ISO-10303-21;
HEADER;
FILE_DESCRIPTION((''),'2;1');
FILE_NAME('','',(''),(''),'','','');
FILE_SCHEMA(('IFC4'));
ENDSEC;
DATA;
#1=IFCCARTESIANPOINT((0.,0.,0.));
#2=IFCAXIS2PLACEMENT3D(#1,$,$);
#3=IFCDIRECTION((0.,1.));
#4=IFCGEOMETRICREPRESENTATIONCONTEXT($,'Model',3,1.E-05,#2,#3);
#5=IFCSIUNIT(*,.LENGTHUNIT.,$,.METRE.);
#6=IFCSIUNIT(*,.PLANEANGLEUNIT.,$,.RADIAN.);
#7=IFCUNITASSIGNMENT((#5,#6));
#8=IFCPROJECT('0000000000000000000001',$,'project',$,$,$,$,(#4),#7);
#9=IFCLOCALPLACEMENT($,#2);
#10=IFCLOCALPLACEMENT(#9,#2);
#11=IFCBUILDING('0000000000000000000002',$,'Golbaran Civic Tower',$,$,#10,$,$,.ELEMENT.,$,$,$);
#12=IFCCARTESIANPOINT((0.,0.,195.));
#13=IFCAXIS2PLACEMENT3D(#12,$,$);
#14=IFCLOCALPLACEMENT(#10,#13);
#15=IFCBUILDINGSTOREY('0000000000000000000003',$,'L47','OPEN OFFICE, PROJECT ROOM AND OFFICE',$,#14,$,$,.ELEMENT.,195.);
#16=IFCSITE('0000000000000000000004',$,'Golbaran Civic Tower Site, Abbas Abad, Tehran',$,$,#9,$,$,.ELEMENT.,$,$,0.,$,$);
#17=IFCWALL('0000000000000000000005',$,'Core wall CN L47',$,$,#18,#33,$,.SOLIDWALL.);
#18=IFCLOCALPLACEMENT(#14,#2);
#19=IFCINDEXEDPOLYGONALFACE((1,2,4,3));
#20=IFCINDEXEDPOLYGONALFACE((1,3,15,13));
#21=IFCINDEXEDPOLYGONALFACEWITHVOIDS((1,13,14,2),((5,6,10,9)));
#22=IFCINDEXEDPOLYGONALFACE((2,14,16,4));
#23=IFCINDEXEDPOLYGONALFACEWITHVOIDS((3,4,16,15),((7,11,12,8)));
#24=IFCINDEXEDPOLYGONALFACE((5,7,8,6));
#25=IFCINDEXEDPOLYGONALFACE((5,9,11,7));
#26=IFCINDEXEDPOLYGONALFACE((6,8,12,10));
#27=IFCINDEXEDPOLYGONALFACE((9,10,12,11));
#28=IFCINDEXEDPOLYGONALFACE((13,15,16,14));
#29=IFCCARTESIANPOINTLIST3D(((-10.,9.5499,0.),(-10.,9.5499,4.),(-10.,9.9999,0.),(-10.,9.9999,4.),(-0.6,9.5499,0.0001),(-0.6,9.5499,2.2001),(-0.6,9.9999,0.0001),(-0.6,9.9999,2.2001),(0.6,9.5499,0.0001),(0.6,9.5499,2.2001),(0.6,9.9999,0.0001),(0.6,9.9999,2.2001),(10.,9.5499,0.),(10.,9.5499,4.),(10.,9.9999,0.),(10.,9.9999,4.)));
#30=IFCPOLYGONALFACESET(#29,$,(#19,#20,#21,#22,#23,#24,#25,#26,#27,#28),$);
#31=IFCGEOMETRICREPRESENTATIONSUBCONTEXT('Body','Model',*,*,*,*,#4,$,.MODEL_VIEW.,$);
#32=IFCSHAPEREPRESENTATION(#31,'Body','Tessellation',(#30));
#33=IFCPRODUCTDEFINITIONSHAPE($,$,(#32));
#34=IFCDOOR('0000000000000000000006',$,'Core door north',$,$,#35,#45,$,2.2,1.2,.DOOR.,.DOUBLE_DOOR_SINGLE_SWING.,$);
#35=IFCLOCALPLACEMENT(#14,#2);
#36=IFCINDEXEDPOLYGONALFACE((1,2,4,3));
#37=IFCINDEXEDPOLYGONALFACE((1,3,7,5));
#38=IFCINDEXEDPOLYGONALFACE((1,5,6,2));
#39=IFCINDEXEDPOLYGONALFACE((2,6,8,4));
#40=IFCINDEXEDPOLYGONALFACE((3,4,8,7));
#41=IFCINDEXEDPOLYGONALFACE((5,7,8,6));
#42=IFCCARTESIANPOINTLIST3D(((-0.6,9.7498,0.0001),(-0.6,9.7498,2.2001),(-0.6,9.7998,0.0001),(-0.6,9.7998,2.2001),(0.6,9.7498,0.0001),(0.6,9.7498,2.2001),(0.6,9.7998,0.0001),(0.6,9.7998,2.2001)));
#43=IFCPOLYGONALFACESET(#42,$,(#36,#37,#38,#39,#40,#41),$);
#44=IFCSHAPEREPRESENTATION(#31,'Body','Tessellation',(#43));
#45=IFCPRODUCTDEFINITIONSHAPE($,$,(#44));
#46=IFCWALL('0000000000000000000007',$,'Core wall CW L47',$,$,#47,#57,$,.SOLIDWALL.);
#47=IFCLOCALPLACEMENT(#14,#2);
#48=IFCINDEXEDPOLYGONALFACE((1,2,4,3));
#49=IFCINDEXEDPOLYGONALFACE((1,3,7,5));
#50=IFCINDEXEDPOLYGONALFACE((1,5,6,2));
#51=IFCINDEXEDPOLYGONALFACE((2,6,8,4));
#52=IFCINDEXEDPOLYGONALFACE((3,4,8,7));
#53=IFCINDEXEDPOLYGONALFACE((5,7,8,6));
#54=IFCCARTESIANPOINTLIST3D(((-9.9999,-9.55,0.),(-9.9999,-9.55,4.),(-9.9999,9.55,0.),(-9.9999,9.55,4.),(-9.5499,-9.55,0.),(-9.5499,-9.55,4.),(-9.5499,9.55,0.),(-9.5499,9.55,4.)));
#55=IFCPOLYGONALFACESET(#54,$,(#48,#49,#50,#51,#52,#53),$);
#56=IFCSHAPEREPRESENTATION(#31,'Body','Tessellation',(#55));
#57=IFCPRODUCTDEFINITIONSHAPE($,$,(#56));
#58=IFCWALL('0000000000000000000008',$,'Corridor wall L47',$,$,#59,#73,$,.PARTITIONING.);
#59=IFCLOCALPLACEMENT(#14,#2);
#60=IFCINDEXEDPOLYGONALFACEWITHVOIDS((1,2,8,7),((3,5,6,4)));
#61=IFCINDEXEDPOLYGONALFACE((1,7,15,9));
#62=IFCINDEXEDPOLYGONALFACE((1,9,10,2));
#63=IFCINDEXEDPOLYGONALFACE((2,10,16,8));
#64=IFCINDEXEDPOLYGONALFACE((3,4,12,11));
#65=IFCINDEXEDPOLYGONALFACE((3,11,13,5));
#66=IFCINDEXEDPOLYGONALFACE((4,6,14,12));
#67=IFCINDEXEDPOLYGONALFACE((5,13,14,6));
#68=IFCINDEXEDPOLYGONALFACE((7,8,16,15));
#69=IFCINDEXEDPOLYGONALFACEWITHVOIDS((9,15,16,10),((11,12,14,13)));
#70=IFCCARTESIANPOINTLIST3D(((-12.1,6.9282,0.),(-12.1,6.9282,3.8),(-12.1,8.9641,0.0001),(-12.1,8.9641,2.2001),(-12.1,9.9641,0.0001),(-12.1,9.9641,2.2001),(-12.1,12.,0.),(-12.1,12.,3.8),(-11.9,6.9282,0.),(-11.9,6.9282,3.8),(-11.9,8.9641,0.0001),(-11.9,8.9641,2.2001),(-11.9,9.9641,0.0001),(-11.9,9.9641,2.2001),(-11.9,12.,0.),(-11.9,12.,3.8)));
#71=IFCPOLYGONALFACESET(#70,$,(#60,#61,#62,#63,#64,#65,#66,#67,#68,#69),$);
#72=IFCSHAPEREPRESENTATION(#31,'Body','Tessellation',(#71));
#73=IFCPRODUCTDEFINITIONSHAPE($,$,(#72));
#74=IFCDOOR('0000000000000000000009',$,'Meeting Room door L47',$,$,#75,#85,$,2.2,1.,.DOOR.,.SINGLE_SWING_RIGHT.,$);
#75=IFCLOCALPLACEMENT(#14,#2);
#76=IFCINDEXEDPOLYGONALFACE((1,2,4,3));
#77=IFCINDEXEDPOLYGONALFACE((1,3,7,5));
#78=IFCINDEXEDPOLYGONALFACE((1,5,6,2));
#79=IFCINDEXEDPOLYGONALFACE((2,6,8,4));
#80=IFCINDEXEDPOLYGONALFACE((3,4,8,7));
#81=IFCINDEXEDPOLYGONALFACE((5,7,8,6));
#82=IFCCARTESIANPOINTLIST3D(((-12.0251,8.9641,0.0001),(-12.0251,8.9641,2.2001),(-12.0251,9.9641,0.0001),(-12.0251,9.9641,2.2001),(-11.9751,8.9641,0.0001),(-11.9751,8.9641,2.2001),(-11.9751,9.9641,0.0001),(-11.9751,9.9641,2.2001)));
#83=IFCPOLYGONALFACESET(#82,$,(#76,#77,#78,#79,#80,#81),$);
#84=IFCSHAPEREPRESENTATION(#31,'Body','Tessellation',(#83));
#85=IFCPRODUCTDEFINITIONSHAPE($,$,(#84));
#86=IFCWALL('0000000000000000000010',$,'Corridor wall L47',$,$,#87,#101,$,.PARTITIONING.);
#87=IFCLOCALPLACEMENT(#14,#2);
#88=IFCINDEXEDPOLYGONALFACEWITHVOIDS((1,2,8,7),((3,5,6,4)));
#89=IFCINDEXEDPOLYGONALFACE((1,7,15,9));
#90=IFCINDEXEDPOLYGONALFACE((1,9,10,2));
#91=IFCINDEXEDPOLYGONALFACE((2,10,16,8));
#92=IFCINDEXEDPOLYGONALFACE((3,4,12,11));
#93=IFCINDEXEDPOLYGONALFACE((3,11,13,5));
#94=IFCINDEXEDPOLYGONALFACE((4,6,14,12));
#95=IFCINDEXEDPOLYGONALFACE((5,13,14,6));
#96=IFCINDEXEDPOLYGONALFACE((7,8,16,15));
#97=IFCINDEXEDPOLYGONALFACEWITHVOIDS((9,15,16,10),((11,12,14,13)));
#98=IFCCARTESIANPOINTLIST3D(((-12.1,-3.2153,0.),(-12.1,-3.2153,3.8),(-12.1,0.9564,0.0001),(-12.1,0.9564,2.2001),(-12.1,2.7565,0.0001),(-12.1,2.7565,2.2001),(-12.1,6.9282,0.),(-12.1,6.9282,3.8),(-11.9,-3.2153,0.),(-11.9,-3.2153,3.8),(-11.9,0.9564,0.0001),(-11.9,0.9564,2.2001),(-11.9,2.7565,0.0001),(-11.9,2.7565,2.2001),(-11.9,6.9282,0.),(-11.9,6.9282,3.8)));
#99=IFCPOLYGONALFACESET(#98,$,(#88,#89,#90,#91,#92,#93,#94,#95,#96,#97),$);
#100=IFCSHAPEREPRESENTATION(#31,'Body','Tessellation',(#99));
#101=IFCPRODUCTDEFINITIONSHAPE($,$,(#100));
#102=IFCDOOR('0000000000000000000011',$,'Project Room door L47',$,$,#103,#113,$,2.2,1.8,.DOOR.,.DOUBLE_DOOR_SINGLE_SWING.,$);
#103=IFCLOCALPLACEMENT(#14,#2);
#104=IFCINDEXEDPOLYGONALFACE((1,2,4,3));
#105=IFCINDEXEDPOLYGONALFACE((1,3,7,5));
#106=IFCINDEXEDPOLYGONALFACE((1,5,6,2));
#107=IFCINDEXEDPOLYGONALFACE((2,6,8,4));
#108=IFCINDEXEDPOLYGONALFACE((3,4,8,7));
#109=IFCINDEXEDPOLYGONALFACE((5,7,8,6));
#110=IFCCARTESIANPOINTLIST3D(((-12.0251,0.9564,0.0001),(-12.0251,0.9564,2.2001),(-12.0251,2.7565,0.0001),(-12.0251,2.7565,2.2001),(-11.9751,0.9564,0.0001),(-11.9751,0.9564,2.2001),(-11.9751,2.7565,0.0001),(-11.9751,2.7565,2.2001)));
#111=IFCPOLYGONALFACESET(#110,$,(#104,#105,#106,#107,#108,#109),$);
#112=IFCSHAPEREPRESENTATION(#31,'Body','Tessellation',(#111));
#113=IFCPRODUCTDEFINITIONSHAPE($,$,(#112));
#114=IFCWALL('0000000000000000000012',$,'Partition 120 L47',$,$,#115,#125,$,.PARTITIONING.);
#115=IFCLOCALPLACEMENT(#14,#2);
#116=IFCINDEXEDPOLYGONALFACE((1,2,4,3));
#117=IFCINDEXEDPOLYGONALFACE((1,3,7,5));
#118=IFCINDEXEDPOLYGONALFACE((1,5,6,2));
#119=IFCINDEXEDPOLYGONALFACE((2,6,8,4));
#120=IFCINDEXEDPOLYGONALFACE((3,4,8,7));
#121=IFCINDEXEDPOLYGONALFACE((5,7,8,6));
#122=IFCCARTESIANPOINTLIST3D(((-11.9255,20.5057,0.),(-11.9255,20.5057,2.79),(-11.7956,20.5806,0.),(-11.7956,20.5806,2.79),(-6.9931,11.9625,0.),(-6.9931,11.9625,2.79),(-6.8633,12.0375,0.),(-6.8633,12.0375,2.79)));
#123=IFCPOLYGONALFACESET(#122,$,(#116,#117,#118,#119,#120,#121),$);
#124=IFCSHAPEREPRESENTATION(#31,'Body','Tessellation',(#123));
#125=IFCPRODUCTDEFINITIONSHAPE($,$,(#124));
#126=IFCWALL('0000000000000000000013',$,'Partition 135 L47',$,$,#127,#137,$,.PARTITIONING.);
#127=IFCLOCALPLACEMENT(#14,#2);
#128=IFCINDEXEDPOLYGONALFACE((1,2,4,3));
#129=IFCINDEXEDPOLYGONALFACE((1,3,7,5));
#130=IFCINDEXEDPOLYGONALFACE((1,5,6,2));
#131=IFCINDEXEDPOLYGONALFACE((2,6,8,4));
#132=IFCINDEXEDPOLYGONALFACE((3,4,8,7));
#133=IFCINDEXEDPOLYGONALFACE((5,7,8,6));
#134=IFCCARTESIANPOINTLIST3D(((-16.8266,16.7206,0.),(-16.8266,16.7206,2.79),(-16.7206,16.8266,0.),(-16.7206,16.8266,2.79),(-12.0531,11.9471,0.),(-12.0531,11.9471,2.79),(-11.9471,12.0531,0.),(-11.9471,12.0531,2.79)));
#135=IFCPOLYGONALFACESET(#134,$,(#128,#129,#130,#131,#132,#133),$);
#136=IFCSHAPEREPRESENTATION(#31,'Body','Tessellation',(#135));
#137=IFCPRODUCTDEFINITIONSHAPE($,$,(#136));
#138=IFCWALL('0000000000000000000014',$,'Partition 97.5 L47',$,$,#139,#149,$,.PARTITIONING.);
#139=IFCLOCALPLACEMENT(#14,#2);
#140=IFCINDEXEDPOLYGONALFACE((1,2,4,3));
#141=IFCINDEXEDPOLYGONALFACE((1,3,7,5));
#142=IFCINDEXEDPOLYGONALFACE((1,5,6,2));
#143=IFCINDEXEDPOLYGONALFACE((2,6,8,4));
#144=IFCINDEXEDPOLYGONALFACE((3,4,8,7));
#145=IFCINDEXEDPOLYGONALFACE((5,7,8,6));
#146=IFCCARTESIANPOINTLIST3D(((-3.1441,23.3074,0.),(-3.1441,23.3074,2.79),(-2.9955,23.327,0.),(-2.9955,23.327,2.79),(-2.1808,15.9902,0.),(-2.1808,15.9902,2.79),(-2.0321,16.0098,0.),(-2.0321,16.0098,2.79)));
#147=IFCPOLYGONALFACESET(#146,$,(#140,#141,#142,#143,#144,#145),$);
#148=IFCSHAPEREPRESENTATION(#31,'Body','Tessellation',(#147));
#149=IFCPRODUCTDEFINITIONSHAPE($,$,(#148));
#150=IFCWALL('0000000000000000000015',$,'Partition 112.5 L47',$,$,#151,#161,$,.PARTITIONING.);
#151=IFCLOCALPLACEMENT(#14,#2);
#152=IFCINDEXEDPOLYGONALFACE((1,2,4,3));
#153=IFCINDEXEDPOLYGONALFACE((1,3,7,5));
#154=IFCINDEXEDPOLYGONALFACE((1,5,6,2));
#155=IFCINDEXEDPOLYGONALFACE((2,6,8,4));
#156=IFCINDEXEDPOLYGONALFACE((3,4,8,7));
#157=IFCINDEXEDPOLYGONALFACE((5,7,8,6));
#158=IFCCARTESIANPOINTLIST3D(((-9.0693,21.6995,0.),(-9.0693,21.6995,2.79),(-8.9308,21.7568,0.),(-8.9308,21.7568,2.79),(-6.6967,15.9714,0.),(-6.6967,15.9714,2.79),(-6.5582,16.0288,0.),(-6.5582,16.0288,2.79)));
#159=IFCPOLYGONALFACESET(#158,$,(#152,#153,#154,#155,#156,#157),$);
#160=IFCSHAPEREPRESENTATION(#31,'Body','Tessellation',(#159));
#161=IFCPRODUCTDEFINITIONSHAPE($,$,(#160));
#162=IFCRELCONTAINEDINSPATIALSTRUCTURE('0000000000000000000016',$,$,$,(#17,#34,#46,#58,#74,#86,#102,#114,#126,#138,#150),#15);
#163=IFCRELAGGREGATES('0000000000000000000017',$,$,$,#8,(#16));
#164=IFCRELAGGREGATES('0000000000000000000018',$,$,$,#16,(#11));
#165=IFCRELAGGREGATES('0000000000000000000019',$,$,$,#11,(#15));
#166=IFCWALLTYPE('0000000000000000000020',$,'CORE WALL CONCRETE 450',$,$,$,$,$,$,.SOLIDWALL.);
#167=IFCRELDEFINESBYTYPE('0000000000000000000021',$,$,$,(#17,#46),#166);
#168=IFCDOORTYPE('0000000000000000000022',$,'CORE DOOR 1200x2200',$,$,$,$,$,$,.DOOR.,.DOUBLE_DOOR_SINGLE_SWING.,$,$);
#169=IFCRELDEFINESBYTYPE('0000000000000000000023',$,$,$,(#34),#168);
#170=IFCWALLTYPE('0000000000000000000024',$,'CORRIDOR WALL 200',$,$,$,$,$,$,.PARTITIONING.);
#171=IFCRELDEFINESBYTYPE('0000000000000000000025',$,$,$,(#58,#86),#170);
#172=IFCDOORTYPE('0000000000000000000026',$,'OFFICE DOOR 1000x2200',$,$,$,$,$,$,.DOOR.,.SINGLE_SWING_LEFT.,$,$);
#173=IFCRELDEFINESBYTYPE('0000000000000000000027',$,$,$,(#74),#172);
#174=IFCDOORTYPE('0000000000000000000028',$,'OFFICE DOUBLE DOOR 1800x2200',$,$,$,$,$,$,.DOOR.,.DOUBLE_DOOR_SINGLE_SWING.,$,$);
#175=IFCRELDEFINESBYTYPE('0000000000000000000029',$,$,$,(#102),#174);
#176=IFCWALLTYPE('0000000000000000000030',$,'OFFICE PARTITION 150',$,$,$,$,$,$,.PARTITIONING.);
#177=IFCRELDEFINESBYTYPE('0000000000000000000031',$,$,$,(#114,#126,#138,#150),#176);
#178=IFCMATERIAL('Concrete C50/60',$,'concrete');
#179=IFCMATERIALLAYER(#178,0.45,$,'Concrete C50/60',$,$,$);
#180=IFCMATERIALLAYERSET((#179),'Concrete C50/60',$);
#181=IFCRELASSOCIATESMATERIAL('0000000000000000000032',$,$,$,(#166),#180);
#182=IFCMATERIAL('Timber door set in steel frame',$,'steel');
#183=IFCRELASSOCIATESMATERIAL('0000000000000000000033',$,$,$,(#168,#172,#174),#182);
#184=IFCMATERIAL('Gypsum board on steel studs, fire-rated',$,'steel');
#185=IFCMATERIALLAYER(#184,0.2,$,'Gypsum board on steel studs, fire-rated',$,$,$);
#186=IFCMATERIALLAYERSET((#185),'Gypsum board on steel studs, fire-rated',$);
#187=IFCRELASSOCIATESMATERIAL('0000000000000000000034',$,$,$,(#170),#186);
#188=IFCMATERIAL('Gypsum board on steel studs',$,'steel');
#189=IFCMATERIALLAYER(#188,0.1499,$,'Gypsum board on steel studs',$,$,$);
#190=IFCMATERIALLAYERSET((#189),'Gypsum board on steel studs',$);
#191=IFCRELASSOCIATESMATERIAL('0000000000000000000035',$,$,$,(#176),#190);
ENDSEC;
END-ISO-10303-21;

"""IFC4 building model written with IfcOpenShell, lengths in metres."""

from ifc_helpers import new_model, si_unit, direction, frame, frame_2d, origin, place, context, subcontext, project, spatial, rectangle, extrude, material, layer, layer_set, type_object, element, fill, save


model = new_model("IFC4")

# Units and contexts
model_context = context("Model", 3, precision=1e-05, world=origin(), true_north=direction((0.0, 1.0)))
body_context = subcontext(model_context, "Body", "Model", "MODEL_VIEW")
ifc_project = project(units=[si_unit("LENGTHUNIT", "METRE"), si_unit("PLANEANGLEUNIT", "RADIAN")], contexts=[model_context])

# Site, building, storey
site_placement = place(None, origin())
site = spatial("IfcSite", under=ifc_project, at=site_placement, Name="Golbaran Civic Tower Site, Abbas Abad, Tehran", CompositionType="ELEMENT", RefElevation=0.0)
building_placement = place(site_placement, origin())
building = spatial("IfcBuilding", under=site, at=building_placement, Name="Golbaran Civic Tower", CompositionType="ELEMENT")
storey_placement = place(building_placement, frame((0.0, 0.0, 195.0)))
storey = spatial("IfcBuildingStorey", under=building, at=storey_placement, Name="L47", Description="OPEN OFFICE, PROJECT ROOM AND OFFICE", CompositionType="ELEMENT", Elevation=195.0)

# Wall, opening, door
ifc_material_1 = material(Name="Concrete C50/60", Category="concrete")
ifc_layer_1 = layer(ifc_material_1, 0.45, Name="Concrete C50/60")
ifc_layer_set_1 = layer_set([ifc_layer_1], Name="Concrete C50/60")
wall_type_1 = type_object("IfcWallType", Name="CORE WALL CONCRETE 450", PredefinedType="SOLIDWALL", material=ifc_layer_set_1)
wall_1_placement = place(storey_placement, frame((-10.0, 9.7749, 0.0), z_axis=(0.0, 0.0, 1.0), x_axis=(1.0, 0.0, 0.0)))
wall_1 = element("IfcWall", 1, at=wall_1_placement, inside=storey, type_object=wall_type_1, Name="Core wall CN L47", PredefinedType="SOLIDWALL", context=body_context, shape_type="SweptSolid", body=[
    extrude(rectangle(XDim=20.0, YDim=0.45, at=frame_2d((10.0, 0.0))), origin(), (0.0, 0.0, 1.0), 4.0),
])
opening_1_placement = place(wall_1_placement, frame((9.3999, 0.0, 0.0)))
opening_1 = element("IfcOpeningElement", 2, at=opening_1_placement, cuts=wall_1, PredefinedType="OPENING", context=body_context, shape_type="SweptSolid", body=[
    extrude(rectangle(XDim=1.2, YDim=2.2, at=frame_2d((0.6001, 1.1001))), frame((0.0, 0.2349, 0.0), z_axis=(0.0, -1.0, 0.0), x_axis=(1.0, 0.0, 0.0)), (0.0, 0.0, 1.0), 0.47),
])
ifc_material_2 = material(Name="Timber door set in steel frame", Category="steel")
door_type_1 = type_object("IfcDoorType", Name="CORE DOOR 1200x2200", OperationType="DOUBLE_DOOR_SINGLE_SWING", PredefinedType="DOOR", material=ifc_material_2)
door_1_placement = place(opening_1_placement, origin())
door_1 = element("IfcDoor", 3, at=door_1_placement, inside=storey, type_object=door_type_1, Name="Core door north", OperationType="DOUBLE_DOOR_SINGLE_SWING", OverallHeight=2.2, OverallWidth=1.2, PredefinedType="DOOR", context=body_context, shape_type="SweptSolid", body=[
    extrude(rectangle(XDim=1.2, YDim=2.2, at=frame_2d((0.6001, 1.1001))), frame((0.0, 0.0249, 0.0), z_axis=(0.0, -1.0, 0.0), x_axis=(1.0, 0.0, 0.0)), (0.0, 0.0, 1.0), 0.05),
])
fill(opening_1, door_1)

# Wall
wall_2_placement = place(storey_placement, frame((-9.7749, 9.55, 0.0), z_axis=(0.0, 0.0, 1.0), x_axis=(0.0, -1.0, 0.0)))
element("IfcWall", 4, at=wall_2_placement, inside=storey, type_object=wall_type_1, Name="Core wall CW L47", PredefinedType="SOLIDWALL", context=body_context, shape_type="SweptSolid", body=[
    extrude(rectangle(XDim=19.1001, YDim=0.45, at=frame_2d((9.55, 0.0))), origin(), (0.0, 0.0, 1.0), 4.0),
])

# Walls, openings, doors
ifc_material_3 = material(Name="Gypsum board on steel studs, fire-rated", Category="steel")
ifc_layer_2 = layer(ifc_material_3, 0.2, Name="Gypsum board on steel studs, fire-rated")
ifc_layer_set_2 = layer_set([ifc_layer_2], Name="Gypsum board on steel studs, fire-rated")
wall_type_2 = type_object("IfcWallType", Name="CORRIDOR WALL 200", PredefinedType="PARTITIONING", material=ifc_layer_set_2)
wall_3_placement = place(storey_placement, frame((-12.0, 12.0, 0.0), z_axis=(0.0, 0.0, 1.0), x_axis=(0.0, -1.0, 0.0)))
wall_3 = element("IfcWall", 5, at=wall_3_placement, inside=storey, type_object=wall_type_2, Name="Corridor wall L47", PredefinedType="PARTITIONING", context=body_context, shape_type="SweptSolid", body=[
    extrude(rectangle(XDim=5.0718, YDim=0.2, at=frame_2d((2.5359, 0.0))), origin(), (0.0, 0.0, 1.0), 3.8),
])
opening_2_placement = place(wall_3_placement, frame((2.0359, 0.0, 0.0)))
opening_2 = element("IfcOpeningElement", 6, at=opening_2_placement, cuts=wall_3, PredefinedType="OPENING", context=body_context, shape_type="SweptSolid", body=[
    extrude(rectangle(XDim=1.0, YDim=2.2, at=frame_2d((0.5, 1.1001))), frame((0.0, 0.1099, 0.0), z_axis=(0.0, -1.0, 0.0), x_axis=(1.0, 0.0, 0.0)), (0.0, 0.0, 1.0), 0.22),
])
door_type_2 = type_object("IfcDoorType", Name="OFFICE DOOR 1000x2200", OperationType="SINGLE_SWING_LEFT", PredefinedType="DOOR", material=ifc_material_2)
door_2_placement = place(opening_2_placement, origin())
door_2 = element("IfcDoor", 7, at=door_2_placement, inside=storey, type_object=door_type_2, Name="Meeting Room door L47", OperationType="SINGLE_SWING_RIGHT", OverallHeight=2.2, OverallWidth=1.0, PredefinedType="DOOR", context=body_context, shape_type="SweptSolid", body=[
    extrude(rectangle(XDim=1.0, YDim=2.2, at=frame_2d((0.5, 1.1001))), frame((0.0, 0.0249, 0.0), z_axis=(0.0, -1.0, 0.0), x_axis=(1.0, 0.0, 0.0)), (0.0, 0.0, 1.0), 0.05),
])
fill(opening_2, door_2)
wall_4_placement = place(storey_placement, frame((-12.0, 6.9282, 0.0), z_axis=(0.0, 0.0, 1.0), x_axis=(0.0, -1.0, 0.0)))
wall_4 = element("IfcWall", 8, at=wall_4_placement, inside=storey, type_object=wall_type_2, Name="Corridor wall L47", PredefinedType="PARTITIONING", context=body_context, shape_type="SweptSolid", body=[
    extrude(rectangle(XDim=10.1436, YDim=0.2, at=frame_2d((5.0718, 0.0))), origin(), (0.0, 0.0, 1.0), 3.8),
])
opening_3_placement = place(wall_4_placement, frame((4.1719, 0.0, 0.0)))
opening_3 = element("IfcOpeningElement", 9, at=opening_3_placement, cuts=wall_4, PredefinedType="OPENING", context=body_context, shape_type="SweptSolid", body=[
    extrude(rectangle(XDim=1.8, YDim=2.2, at=frame_2d((0.8999, 1.1001))), frame((0.0, 0.1099, 0.0), z_axis=(0.0, -1.0, 0.0), x_axis=(1.0, 0.0, 0.0)), (0.0, 0.0, 1.0), 0.22),
])
door_type_3 = type_object("IfcDoorType", Name="OFFICE DOUBLE DOOR 1800x2200", OperationType="DOUBLE_DOOR_SINGLE_SWING", PredefinedType="DOOR", material=ifc_material_2)
door_3_placement = place(opening_3_placement, origin())
door_3 = element("IfcDoor", 10, at=door_3_placement, inside=storey, type_object=door_type_3, Name="Project Room door L47", OperationType="DOUBLE_DOOR_SINGLE_SWING", OverallHeight=2.2, OverallWidth=1.8, PredefinedType="DOOR", context=body_context, shape_type="SweptSolid", body=[
    extrude(rectangle(XDim=1.8, YDim=2.2, at=frame_2d((0.8999, 1.1001))), frame((0.0, 0.0249, 0.0), z_axis=(0.0, -1.0, 0.0), x_axis=(1.0, 0.0, 0.0)), (0.0, 0.0, 1.0), 0.05),
])
fill(opening_3, door_3)

# Walls
ifc_material_4 = material(Name="Gypsum board on steel studs", Category="steel")
ifc_layer_3 = layer(ifc_material_4, 0.1499, Name="Gypsum board on steel studs")
ifc_layer_set_3 = layer_set([ifc_layer_3], Name="Gypsum board on steel studs")
wall_type_3 = type_object("IfcWallType", Name="OFFICE PARTITION 150", PredefinedType="PARTITIONING", material=ifc_layer_set_3)
wall_5_placement = place(storey_placement, frame((-6.9282, 12.0, 0.0), z_axis=(0.0, 0.0, 1.0), x_axis=(-0.499996, 0.866028, 0.0)))
element("IfcWall", 11, at=wall_5_placement, inside=storey, type_object=wall_type_3, Name="Partition 120 L47", PredefinedType="PARTITIONING", context=body_context, shape_type="SweptSolid", body=[
    extrude(rectangle(XDim=9.8647, YDim=0.1499, at=frame_2d((4.9324, 0.0))), origin(), (0.0, 0.0, 1.0), 2.79),
])
wall_6_placement = place(storey_placement, frame((-12.0, 12.0, 0.0), z_axis=(0.0, 0.0, 1.0), x_axis=(-0.707107, 0.707107, 0.0)))
element("IfcWall", 12, at=wall_6_placement, inside=storey, type_object=wall_type_3, Name="Partition 135 L47", PredefinedType="PARTITIONING", context=body_context, shape_type="SweptSolid", body=[
    extrude(rectangle(XDim=6.7507, YDim=0.1499, at=frame_2d((3.3755, 0.0))), origin(), (0.0, 0.0, 1.0), 2.79),
])
wall_7_placement = place(storey_placement, frame((-2.1064, 16.0, 0.0), z_axis=(0.0, 0.0, 1.0), x_axis=(-0.130534, 0.991444, 0.0)))
element("IfcWall", 13, at=wall_7_placement, inside=storey, type_object=wall_type_3, Name="Partition 97.5 L47", PredefinedType="PARTITIONING", context=body_context, shape_type="SweptSolid", body=[
    extrude(rectangle(XDim=7.3804, YDim=0.1499, at=frame_2d((3.6902, 0.0))), origin(), (0.0, 0.0, 1.0), 2.79),
])
wall_8_placement = place(storey_placement, frame((-6.6274, 16.0, 0.0), z_axis=(0.0, 0.0, 1.0), x_axis=(-0.382674, 0.923883, 0.0)))
element("IfcWall", 14, at=wall_8_placement, inside=storey, type_object=wall_type_3, Name="Partition 112.5 L47", PredefinedType="PARTITIONING", context=body_context, shape_type="SweptSolid", body=[
    extrude(rectangle(XDim=6.2, YDim=0.1499, at=frame_2d((3.1001, 0.0))), origin(), (0.0, 0.0, 1.0), 2.79),
])

save(model, "model.ifc")
